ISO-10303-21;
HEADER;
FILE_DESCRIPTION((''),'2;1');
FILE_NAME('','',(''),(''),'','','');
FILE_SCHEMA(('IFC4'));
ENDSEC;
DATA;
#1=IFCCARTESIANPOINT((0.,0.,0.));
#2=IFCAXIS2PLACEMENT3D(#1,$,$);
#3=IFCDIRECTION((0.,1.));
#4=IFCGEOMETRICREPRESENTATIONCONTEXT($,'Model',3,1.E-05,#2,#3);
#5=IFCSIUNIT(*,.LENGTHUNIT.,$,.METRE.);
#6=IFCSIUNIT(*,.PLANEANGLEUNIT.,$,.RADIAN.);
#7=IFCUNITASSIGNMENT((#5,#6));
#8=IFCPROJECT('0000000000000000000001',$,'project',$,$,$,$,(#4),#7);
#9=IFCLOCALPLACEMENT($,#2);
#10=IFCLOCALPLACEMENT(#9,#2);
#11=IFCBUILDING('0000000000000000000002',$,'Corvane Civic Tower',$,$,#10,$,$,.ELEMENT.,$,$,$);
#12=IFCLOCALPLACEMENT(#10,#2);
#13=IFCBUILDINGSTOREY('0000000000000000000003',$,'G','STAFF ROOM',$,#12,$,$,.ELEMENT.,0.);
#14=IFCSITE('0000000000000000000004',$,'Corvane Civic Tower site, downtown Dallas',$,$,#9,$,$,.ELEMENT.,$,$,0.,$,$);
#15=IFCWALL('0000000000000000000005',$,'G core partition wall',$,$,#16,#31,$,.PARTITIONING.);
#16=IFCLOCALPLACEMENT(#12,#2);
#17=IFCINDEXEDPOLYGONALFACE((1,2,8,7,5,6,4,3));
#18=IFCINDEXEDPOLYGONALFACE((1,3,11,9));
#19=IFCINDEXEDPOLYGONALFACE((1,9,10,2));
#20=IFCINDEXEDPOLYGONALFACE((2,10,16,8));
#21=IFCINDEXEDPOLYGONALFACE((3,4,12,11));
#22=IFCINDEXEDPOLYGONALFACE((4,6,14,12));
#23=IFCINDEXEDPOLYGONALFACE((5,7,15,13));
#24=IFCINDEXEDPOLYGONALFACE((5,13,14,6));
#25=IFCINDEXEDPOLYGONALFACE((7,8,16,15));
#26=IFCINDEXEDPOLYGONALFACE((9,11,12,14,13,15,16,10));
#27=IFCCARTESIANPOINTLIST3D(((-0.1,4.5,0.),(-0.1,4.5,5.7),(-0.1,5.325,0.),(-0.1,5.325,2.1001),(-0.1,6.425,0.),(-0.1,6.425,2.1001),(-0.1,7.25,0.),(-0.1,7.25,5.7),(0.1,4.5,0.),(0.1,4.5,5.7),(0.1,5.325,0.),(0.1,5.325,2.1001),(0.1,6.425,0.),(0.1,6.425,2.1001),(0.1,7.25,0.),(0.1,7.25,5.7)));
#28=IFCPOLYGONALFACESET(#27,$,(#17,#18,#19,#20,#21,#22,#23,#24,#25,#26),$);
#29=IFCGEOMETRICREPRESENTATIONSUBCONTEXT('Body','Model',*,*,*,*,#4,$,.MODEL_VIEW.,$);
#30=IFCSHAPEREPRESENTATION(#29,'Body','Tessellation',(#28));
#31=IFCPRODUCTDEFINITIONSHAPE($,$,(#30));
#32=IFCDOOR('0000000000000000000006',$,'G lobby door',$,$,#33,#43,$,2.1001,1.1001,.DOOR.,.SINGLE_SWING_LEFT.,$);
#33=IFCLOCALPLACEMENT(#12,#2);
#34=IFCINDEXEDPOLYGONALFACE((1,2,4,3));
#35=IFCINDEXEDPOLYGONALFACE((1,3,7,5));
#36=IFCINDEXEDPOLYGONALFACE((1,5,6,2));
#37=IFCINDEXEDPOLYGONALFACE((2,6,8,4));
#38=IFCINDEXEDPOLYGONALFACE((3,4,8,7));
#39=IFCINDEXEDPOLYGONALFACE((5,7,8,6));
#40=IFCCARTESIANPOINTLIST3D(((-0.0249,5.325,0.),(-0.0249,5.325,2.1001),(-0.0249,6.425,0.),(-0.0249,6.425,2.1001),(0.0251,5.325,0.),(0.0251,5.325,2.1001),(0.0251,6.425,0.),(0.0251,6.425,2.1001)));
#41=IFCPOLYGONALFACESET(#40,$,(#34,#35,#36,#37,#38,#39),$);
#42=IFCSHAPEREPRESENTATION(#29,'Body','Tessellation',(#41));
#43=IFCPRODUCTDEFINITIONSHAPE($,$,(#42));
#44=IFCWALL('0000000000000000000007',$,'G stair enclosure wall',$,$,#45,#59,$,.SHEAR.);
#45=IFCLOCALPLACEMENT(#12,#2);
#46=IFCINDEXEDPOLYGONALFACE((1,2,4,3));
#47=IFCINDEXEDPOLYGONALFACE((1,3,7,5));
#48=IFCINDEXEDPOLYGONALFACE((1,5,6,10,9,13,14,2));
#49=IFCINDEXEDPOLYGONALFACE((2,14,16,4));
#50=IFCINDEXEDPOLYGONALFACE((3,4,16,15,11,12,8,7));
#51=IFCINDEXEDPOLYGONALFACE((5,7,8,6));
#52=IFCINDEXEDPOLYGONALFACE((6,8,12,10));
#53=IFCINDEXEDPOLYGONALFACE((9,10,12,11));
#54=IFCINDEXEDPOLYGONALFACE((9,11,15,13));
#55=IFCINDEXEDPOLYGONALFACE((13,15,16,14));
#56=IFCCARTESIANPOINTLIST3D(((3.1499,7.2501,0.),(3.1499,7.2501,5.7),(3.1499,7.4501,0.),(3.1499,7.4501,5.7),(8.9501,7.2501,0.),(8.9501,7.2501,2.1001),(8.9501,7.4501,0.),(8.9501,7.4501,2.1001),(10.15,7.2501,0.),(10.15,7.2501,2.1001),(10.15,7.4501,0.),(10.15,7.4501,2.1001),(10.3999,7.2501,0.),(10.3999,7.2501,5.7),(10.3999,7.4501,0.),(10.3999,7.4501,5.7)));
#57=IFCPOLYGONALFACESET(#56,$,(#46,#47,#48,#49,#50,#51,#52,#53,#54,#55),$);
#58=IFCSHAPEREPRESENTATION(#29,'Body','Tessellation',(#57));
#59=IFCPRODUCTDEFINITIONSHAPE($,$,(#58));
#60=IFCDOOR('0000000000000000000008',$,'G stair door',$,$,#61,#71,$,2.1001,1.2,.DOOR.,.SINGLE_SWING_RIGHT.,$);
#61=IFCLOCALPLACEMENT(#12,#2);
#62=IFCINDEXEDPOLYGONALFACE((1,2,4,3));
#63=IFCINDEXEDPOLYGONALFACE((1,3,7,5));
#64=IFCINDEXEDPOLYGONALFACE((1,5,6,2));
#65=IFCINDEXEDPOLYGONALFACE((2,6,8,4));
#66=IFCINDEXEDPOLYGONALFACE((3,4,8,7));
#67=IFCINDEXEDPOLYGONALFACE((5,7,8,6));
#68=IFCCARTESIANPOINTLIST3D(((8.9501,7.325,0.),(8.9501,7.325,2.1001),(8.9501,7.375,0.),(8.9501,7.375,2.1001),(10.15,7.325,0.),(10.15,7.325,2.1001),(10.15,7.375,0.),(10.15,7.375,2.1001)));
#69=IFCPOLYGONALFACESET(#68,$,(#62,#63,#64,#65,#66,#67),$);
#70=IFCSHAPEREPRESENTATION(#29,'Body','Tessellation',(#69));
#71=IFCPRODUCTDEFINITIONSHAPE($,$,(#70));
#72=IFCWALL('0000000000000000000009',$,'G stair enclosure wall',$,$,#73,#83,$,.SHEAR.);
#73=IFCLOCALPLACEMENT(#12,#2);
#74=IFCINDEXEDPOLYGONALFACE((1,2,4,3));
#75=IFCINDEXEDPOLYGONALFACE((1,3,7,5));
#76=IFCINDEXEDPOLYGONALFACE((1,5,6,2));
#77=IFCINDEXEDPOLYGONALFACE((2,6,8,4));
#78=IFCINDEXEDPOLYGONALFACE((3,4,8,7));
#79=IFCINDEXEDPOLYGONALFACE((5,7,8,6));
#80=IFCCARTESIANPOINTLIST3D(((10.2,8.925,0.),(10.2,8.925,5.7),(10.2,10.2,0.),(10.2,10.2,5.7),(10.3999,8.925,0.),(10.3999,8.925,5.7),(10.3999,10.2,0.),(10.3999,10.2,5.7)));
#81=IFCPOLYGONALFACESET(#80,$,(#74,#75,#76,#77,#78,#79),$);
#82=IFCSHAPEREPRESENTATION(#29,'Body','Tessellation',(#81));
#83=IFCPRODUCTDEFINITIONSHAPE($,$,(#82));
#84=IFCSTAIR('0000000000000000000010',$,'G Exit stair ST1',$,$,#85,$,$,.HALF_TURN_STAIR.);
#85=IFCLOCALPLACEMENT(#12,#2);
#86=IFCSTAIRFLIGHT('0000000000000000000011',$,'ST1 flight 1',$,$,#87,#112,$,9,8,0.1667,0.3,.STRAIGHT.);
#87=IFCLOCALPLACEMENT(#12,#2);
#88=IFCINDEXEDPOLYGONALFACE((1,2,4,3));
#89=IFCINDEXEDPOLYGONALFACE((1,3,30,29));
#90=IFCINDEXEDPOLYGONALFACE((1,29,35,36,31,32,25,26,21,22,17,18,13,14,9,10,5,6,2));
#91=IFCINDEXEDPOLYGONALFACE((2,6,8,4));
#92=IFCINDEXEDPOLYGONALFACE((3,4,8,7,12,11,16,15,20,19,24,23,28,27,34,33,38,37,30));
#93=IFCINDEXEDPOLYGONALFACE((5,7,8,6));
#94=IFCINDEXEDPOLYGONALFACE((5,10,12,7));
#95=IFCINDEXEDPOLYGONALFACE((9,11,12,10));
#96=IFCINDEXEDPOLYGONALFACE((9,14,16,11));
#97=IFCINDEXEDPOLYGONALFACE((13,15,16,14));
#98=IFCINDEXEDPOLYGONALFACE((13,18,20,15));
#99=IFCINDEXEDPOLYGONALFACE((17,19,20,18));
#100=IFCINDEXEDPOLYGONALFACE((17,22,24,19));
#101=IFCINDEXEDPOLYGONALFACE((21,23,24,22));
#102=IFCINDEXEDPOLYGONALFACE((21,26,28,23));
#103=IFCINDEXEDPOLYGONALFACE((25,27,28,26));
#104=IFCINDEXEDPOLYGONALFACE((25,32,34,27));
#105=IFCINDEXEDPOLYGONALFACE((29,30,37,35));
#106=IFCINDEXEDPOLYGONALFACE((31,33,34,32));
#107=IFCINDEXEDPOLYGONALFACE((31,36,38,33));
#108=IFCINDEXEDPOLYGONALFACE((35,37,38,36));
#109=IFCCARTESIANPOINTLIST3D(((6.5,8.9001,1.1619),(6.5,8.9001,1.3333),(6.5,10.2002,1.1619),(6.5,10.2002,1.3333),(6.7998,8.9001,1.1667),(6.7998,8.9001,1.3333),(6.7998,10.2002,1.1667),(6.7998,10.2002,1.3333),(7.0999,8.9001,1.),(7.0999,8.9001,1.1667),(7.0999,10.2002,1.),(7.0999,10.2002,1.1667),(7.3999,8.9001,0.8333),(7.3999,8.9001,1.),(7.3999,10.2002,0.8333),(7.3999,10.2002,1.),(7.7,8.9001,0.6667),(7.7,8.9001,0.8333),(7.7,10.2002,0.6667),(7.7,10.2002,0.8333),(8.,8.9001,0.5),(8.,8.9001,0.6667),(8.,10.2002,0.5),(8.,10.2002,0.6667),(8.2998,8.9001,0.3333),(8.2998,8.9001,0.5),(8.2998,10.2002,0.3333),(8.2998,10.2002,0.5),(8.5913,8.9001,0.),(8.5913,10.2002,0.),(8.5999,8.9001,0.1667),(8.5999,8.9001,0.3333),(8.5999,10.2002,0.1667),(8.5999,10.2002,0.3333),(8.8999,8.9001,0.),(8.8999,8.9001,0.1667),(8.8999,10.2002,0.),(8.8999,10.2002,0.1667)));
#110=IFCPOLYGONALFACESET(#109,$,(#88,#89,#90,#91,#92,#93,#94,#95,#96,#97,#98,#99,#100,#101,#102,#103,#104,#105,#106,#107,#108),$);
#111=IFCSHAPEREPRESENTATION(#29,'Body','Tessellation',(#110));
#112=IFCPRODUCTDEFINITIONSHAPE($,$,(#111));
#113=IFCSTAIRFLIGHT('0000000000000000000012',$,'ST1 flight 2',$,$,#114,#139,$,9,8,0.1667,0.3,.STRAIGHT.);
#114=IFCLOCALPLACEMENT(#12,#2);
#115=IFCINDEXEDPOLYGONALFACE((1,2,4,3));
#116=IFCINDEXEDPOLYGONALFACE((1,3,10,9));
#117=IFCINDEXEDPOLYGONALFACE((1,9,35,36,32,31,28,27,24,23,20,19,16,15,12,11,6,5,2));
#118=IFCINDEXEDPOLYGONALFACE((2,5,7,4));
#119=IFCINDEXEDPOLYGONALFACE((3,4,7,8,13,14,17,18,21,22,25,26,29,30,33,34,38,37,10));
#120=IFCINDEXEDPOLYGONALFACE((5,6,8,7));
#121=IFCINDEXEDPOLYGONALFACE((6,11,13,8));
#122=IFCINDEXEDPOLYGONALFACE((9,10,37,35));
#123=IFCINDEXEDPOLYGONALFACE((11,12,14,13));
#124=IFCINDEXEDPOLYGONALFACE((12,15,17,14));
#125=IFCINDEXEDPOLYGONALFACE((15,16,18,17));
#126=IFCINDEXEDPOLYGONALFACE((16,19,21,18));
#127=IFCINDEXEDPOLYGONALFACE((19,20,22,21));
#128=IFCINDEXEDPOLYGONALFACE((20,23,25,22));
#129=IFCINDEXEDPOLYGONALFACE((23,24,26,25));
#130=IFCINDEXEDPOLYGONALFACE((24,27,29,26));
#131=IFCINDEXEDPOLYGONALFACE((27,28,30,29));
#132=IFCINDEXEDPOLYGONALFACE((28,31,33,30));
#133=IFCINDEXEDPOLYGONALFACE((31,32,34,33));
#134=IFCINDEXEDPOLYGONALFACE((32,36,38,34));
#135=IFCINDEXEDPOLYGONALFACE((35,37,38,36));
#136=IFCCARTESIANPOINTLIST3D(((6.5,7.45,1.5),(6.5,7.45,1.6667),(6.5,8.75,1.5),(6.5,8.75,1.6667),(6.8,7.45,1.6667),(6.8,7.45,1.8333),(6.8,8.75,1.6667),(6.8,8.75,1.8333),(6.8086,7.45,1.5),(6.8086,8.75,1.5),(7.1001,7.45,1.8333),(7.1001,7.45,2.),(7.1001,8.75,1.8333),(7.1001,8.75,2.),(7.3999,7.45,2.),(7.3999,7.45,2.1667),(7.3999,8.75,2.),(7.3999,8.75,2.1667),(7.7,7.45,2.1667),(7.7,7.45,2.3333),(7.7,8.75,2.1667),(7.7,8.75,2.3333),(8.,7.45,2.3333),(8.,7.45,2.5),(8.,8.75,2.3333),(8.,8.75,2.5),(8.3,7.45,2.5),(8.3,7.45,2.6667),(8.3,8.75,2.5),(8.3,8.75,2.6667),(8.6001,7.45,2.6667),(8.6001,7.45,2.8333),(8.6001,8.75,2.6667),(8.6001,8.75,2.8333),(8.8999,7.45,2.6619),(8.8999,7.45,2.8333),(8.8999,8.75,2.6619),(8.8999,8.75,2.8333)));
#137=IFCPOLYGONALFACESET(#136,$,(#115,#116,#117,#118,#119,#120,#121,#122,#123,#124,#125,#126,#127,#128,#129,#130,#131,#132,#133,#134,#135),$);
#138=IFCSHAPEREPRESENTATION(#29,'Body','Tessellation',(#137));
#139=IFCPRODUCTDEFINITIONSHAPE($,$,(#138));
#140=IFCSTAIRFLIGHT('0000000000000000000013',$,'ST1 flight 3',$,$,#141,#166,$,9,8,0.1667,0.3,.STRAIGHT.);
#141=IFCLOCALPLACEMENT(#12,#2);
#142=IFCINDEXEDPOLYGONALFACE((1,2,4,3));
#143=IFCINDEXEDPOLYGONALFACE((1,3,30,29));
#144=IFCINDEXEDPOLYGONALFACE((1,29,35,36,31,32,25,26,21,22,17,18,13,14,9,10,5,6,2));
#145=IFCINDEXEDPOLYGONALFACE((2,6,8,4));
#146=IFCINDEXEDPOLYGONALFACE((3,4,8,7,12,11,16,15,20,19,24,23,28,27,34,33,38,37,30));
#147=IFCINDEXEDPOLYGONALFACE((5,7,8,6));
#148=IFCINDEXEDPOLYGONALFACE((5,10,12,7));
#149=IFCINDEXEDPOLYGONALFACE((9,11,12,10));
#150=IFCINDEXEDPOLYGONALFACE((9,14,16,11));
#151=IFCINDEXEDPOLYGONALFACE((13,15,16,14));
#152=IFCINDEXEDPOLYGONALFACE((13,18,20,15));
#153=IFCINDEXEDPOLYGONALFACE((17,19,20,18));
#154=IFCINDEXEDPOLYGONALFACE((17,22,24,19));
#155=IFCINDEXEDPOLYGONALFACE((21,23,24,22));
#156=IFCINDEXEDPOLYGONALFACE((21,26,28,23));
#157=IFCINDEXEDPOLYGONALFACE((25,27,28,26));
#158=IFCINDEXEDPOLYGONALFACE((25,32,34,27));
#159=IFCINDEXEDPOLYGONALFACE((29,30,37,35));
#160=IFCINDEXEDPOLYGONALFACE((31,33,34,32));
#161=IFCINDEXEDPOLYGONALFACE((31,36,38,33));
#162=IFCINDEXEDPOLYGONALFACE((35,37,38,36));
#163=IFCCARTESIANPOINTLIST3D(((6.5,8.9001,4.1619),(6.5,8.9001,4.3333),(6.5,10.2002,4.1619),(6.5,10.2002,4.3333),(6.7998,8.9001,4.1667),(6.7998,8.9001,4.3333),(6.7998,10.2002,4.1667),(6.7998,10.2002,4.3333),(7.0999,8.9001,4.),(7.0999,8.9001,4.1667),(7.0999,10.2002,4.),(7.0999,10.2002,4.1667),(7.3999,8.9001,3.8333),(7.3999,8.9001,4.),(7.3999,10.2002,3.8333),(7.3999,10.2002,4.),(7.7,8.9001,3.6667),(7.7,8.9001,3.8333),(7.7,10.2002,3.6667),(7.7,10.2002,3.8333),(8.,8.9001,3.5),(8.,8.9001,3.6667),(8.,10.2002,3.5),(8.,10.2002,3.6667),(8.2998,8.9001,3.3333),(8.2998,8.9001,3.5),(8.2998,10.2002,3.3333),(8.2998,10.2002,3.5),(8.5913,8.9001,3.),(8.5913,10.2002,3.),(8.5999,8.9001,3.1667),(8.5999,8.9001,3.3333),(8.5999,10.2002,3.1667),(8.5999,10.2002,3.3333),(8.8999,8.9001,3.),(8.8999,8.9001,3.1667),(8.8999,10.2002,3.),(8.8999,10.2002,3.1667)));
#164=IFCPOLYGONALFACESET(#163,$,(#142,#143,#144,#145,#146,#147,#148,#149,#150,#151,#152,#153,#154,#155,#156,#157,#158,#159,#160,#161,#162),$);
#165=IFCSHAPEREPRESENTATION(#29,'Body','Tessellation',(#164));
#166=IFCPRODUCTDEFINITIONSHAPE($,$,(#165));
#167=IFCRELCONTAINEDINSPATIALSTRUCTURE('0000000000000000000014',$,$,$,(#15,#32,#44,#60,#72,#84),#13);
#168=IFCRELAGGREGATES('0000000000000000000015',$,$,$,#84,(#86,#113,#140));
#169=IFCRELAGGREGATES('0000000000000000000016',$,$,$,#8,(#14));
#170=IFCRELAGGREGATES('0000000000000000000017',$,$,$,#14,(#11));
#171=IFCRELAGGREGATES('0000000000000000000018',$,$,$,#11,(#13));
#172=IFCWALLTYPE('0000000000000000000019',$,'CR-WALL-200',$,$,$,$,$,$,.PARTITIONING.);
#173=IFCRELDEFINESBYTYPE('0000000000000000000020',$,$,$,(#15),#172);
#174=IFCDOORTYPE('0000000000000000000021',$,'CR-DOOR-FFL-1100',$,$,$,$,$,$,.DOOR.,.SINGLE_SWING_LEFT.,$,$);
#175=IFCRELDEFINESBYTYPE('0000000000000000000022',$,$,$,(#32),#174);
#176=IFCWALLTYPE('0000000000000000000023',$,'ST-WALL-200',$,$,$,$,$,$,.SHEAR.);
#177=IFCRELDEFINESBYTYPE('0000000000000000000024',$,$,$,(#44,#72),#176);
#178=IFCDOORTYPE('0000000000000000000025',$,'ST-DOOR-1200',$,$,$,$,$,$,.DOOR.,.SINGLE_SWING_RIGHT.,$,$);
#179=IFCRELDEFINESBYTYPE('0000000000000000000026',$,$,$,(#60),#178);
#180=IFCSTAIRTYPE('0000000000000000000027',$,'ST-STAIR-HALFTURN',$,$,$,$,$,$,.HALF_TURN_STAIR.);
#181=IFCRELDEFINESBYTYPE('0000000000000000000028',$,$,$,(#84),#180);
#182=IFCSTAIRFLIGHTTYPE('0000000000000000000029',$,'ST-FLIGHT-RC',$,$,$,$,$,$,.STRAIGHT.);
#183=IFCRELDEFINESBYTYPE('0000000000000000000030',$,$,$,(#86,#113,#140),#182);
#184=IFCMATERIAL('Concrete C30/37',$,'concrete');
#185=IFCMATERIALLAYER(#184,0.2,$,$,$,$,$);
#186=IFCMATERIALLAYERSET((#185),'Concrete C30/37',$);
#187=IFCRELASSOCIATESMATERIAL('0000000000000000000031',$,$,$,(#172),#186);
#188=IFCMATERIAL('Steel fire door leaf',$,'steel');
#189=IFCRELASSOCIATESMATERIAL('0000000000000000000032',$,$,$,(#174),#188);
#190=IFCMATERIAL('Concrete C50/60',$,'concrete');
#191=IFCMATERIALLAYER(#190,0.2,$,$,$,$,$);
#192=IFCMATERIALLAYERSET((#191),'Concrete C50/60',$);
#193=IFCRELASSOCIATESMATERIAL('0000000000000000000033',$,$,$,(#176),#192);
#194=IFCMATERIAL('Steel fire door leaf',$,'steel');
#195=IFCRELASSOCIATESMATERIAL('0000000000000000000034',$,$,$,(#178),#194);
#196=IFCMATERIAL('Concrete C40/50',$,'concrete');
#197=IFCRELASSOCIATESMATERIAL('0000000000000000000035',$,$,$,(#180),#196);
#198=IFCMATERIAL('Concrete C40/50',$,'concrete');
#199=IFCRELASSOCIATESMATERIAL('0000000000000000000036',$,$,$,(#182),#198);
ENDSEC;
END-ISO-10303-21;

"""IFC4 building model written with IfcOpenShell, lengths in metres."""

from ifc_helpers import new_model, si_unit, direction, frame, frame_2d, origin, place, context, subcontext, project, spatial, polyline, rectangle, outline, extrude, material, layer, layer_set, type_object, element, fill, aggregate, save


model = new_model("IFC4")

# Units and contexts
model_context = context("Model", 3, precision=1e-05, world=origin(), true_north=direction((0.0, 1.0)))
body_context = subcontext(model_context, "Body", "Model", "MODEL_VIEW")
ifc_project = project(units=[si_unit("LENGTHUNIT", "METRE"), si_unit("PLANEANGLEUNIT", "RADIAN")], contexts=[model_context])

# Site, building, storey
site_placement = place(None, origin())
site = spatial("IfcSite", under=ifc_project, at=site_placement, Name="Corvane Civic Tower site, downtown Dallas", CompositionType="ELEMENT", RefElevation=0.0)
building_placement = place(site_placement, origin())
building = spatial("IfcBuilding", under=site, at=building_placement, Name="Corvane Civic Tower", CompositionType="ELEMENT")
storey_placement = place(building_placement, origin())
storey = spatial("IfcBuildingStorey", under=building, at=storey_placement, Name="G", Description="STAFF ROOM", CompositionType="ELEMENT", Elevation=0.0)

# Walls, openings, doors
ifc_material_1 = material(Name="Concrete C30/37", Category="concrete")
ifc_layer_1 = layer(ifc_material_1, 0.2)
ifc_layer_set_1 = layer_set([ifc_layer_1], Name="Concrete C30/37")
wall_type_1 = type_object("IfcWallType", Name="CR-WALL-200", PredefinedType="PARTITIONING", material=ifc_layer_set_1)
wall_1_placement = place(storey_placement, frame((0.0, 4.5, 0.0), z_axis=(0.0, 0.0, 1.0), x_axis=(0.0, 1.0, 0.0)))
wall_1 = element("IfcWall", 1, at=wall_1_placement, inside=storey, type_object=wall_type_1, Name="G core partition wall", PredefinedType="PARTITIONING", context=body_context, shape_type="SweptSolid", body=[
    extrude(rectangle(XDim=2.75, YDim=0.2, at=frame_2d((1.375, 0.0))), origin(), (0.0, 0.0, 1.0), 5.7),
])
opening_1_placement = place(wall_1_placement, frame((0.825, 0.0, 0.0)))
opening_1 = element("IfcOpeningElement", 2, at=opening_1_placement, cuts=wall_1, PredefinedType="OPENING", context=body_context, shape_type="SweptSolid", body=[
    extrude(rectangle(XDim=1.1001, YDim=2.1001, at=frame_2d((0.55, 1.05))), frame((0.0, 0.1099, 0.0), z_axis=(0.0, -1.0, 0.0), x_axis=(1.0, 0.0, 0.0)), (0.0, 0.0, 1.0), 0.22),
])
ifc_material_2 = material(Name="Steel fire door leaf", Category="steel")
door_type_1 = type_object("IfcDoorType", Name="CR-DOOR-FFL-1100", OperationType="SINGLE_SWING_LEFT", PredefinedType="DOOR", material=ifc_material_2)
door_1_placement = place(opening_1_placement, origin())
door_1 = element("IfcDoor", 3, at=door_1_placement, inside=storey, type_object=door_type_1, Name="G lobby door", OperationType="SINGLE_SWING_LEFT", OverallHeight=2.1001, OverallWidth=1.1001, PredefinedType="DOOR", context=body_context, shape_type="SweptSolid", body=[
    extrude(rectangle(XDim=1.1001, YDim=2.1001, at=frame_2d((0.55, 1.05))), frame((0.0, 0.0249, 0.0), z_axis=(0.0, -1.0, 0.0), x_axis=(1.0, 0.0, 0.0)), (0.0, 0.0, 1.0), 0.05),
])
fill(opening_1, door_1)
ifc_material_3 = material(Name="Concrete C50/60", Category="concrete")
ifc_layer_2 = layer(ifc_material_3, 0.2)
ifc_layer_set_2 = layer_set([ifc_layer_2], Name="Concrete C50/60")
wall_type_2 = type_object("IfcWallType", Name="ST-WALL-200", PredefinedType="SHEAR", material=ifc_layer_set_2)
wall_2_placement = place(storey_placement, frame((3.1499, 7.3501, 0.0), z_axis=(0.0, 0.0, 1.0), x_axis=(1.0, 0.0, 0.0)))
wall_2 = element("IfcWall", 4, at=wall_2_placement, inside=storey, type_object=wall_type_2, Name="G stair enclosure wall", PredefinedType="SHEAR", context=body_context, shape_type="SweptSolid", body=[
    extrude(rectangle(XDim=7.25, YDim=0.2, at=frame_2d((3.625, 0.0))), origin(), (0.0, 0.0, 1.0), 5.7),
])
opening_2_placement = place(wall_2_placement, frame((5.8, 0.0, 0.0)))
opening_2 = element("IfcOpeningElement", 5, at=opening_2_placement, cuts=wall_2, PredefinedType="OPENING", context=body_context, shape_type="SweptSolid", body=[
    extrude(rectangle(XDim=1.2, YDim=2.1001, at=frame_2d((0.6001, 1.05))), frame((0.0, 0.1099, 0.0), z_axis=(0.0, -1.0, 0.0), x_axis=(1.0, 0.0, 0.0)), (0.0, 0.0, 1.0), 0.22),
])
ifc_material_4 = material(Name="Steel fire door leaf", Category="steel")
door_type_2 = type_object("IfcDoorType", Name="ST-DOOR-1200", OperationType="SINGLE_SWING_RIGHT", PredefinedType="DOOR", material=ifc_material_4)
door_2_placement = place(opening_2_placement, origin())
door_2 = element("IfcDoor", 6, at=door_2_placement, inside=storey, type_object=door_type_2, Name="G stair door", OperationType="SINGLE_SWING_RIGHT", OverallHeight=2.1001, OverallWidth=1.2, PredefinedType="DOOR", context=body_context, shape_type="SweptSolid", body=[
    extrude(rectangle(XDim=1.2, YDim=2.1001, at=frame_2d((0.6001, 1.05))), frame((0.0, 0.0249, 0.0), z_axis=(0.0, -1.0, 0.0), x_axis=(1.0, 0.0, 0.0)), (0.0, 0.0, 1.0), 0.05),
])
fill(opening_2, door_2)

# Wall
wall_3_placement = place(storey_placement, origin())
element("IfcWall", 7, at=wall_3_placement, inside=storey, type_object=wall_type_2, Name="G stair enclosure wall", PredefinedType="SHEAR", context=body_context, shape_type="SweptSolid", body=[
    extrude(outline(polyline([(10.3999, 8.925), (10.2, 8.925), (10.2, 10.2), (10.3999, 10.2), (10.3999, 8.925)])), origin(), (0.0, 0.0, 1.0), 5.7),
])

# Stair, stair flights
ifc_material_5 = material(Name="Concrete C40/50", Category="concrete")
stair_type = type_object("IfcStairType", Name="ST-STAIR-HALFTURN", PredefinedType="HALF_TURN_STAIR", material=ifc_material_5)
stair_placement = place(storey_placement, origin())
stair = element("IfcStair", 8, at=stair_placement, inside=storey, type_object=stair_type, Name="G Exit stair ST1", PredefinedType="HALF_TURN_STAIR")
ifc_material_6 = material(Name="Concrete C40/50", Category="concrete")
stair_flight_type = type_object("IfcStairFlightType", Name="ST-FLIGHT-RC", PredefinedType="STRAIGHT", material=ifc_material_6)
stair_flight_1_placement = place(storey_placement, frame((8.8999, 9.55, 0.0), z_axis=(0.0, 0.0, 1.0), x_axis=(-1.0, 0.0, 0.0)))
stair_flight_1 = element("IfcStairFlight", 9, at=stair_flight_1_placement, type_object=stair_flight_type, Name="ST1 flight 1", NumberOfRisers=9, NumberOfTreads=8, PredefinedType="STRAIGHT", RiserHeight=0.1667, TreadLength=0.3, context=body_context, shape_type="SweptSolid", body=[
    extrude(outline(polyline([(0.0, 0.0), (0.0, 0.1667), (0.3, 0.1667), (0.3, 0.3333), (0.6001, 0.3333), (0.6001, 0.5), (0.8999, 0.5), (0.8999, 0.6667), (1.2, 0.6667), (1.2, 0.8333), (1.5, 0.8333), (1.5, 1.0), (1.8, 1.0), (1.8, 1.1667), (2.1001, 1.1667), (2.1001, 1.3333), (2.3999, 1.3333), (2.3999, 1.5), (2.3999, 1.1619), (0.3086, 0.0), (0.0, 0.0)])), frame((0.0, 0.6499, 0.0), z_axis=(0.0, -1.0, 0.0), x_axis=(1.0, 0.0, 0.0)), (0.0, 0.0, 1.0), 1.3),
])
stair_flight_2_placement = place(storey_placement, frame((6.5, 8.1001, 1.5), z_axis=(0.0, 0.0, 1.0), x_axis=(1.0, 0.0, 0.0)))
stair_flight_2 = element("IfcStairFlight", 10, at=stair_flight_2_placement, type_object=stair_flight_type, Name="ST1 flight 2", NumberOfRisers=9, NumberOfTreads=8, PredefinedType="STRAIGHT", RiserHeight=0.1667, TreadLength=0.3, context=body_context, shape_type="SweptSolid", body=[
    extrude(outline(polyline([(0.0, 0.0), (0.0, 0.1667), (0.3, 0.1667), (0.3, 0.3333), (0.6001, 0.3333), (0.6001, 0.5), (0.8999, 0.5), (0.8999, 0.6667), (1.2, 0.6667), (1.2, 0.8333), (1.5, 0.8333), (1.5, 1.0), (1.8, 1.0), (1.8, 1.1667), (2.1001, 1.1667), (2.1001, 1.3333), (2.3999, 1.3333), (2.3999, 1.5), (2.3999, 1.1619), (0.3086, 0.0), (0.0, 0.0)])), frame((0.0, 0.6499, 0.0), z_axis=(0.0, -1.0, 0.0), x_axis=(1.0, 0.0, 0.0)), (0.0, 0.0, 1.0), 1.3),
])
stair_flight_3_placement = place(storey_placement, frame((8.8999, 9.55, 3.0), z_axis=(0.0, 0.0, 1.0), x_axis=(-1.0, 0.0, 0.0)))
stair_flight_3 = element("IfcStairFlight", 11, at=stair_flight_3_placement, type_object=stair_flight_type, Name="ST1 flight 3", NumberOfRisers=9, NumberOfTreads=8, PredefinedType="STRAIGHT", RiserHeight=0.1667, TreadLength=0.3, context=body_context, shape_type="SweptSolid", body=[
    extrude(outline(polyline([(0.0, 0.0), (0.0, 0.1667), (0.3, 0.1667), (0.3, 0.3333), (0.6001, 0.3333), (0.6001, 0.5), (0.8999, 0.5), (0.8999, 0.6667), (1.2, 0.6667), (1.2, 0.8333), (1.5, 0.8333), (1.5, 1.0), (1.8, 1.0), (1.8, 1.1667), (2.1001, 1.1667), (2.1001, 1.3333), (2.3999, 1.3333), (2.3999, 1.5), (2.3999, 1.1619), (0.3086, 0.0), (0.0, 0.0)])), frame((0.0, 0.6499, 0.0), z_axis=(0.0, -1.0, 0.0), x_axis=(1.0, 0.0, 0.0)), (0.0, 0.0, 1.0), 1.3),
])
aggregate(stair, [stair_flight_1, stair_flight_2, stair_flight_3])

save(model, "model.ifc")
